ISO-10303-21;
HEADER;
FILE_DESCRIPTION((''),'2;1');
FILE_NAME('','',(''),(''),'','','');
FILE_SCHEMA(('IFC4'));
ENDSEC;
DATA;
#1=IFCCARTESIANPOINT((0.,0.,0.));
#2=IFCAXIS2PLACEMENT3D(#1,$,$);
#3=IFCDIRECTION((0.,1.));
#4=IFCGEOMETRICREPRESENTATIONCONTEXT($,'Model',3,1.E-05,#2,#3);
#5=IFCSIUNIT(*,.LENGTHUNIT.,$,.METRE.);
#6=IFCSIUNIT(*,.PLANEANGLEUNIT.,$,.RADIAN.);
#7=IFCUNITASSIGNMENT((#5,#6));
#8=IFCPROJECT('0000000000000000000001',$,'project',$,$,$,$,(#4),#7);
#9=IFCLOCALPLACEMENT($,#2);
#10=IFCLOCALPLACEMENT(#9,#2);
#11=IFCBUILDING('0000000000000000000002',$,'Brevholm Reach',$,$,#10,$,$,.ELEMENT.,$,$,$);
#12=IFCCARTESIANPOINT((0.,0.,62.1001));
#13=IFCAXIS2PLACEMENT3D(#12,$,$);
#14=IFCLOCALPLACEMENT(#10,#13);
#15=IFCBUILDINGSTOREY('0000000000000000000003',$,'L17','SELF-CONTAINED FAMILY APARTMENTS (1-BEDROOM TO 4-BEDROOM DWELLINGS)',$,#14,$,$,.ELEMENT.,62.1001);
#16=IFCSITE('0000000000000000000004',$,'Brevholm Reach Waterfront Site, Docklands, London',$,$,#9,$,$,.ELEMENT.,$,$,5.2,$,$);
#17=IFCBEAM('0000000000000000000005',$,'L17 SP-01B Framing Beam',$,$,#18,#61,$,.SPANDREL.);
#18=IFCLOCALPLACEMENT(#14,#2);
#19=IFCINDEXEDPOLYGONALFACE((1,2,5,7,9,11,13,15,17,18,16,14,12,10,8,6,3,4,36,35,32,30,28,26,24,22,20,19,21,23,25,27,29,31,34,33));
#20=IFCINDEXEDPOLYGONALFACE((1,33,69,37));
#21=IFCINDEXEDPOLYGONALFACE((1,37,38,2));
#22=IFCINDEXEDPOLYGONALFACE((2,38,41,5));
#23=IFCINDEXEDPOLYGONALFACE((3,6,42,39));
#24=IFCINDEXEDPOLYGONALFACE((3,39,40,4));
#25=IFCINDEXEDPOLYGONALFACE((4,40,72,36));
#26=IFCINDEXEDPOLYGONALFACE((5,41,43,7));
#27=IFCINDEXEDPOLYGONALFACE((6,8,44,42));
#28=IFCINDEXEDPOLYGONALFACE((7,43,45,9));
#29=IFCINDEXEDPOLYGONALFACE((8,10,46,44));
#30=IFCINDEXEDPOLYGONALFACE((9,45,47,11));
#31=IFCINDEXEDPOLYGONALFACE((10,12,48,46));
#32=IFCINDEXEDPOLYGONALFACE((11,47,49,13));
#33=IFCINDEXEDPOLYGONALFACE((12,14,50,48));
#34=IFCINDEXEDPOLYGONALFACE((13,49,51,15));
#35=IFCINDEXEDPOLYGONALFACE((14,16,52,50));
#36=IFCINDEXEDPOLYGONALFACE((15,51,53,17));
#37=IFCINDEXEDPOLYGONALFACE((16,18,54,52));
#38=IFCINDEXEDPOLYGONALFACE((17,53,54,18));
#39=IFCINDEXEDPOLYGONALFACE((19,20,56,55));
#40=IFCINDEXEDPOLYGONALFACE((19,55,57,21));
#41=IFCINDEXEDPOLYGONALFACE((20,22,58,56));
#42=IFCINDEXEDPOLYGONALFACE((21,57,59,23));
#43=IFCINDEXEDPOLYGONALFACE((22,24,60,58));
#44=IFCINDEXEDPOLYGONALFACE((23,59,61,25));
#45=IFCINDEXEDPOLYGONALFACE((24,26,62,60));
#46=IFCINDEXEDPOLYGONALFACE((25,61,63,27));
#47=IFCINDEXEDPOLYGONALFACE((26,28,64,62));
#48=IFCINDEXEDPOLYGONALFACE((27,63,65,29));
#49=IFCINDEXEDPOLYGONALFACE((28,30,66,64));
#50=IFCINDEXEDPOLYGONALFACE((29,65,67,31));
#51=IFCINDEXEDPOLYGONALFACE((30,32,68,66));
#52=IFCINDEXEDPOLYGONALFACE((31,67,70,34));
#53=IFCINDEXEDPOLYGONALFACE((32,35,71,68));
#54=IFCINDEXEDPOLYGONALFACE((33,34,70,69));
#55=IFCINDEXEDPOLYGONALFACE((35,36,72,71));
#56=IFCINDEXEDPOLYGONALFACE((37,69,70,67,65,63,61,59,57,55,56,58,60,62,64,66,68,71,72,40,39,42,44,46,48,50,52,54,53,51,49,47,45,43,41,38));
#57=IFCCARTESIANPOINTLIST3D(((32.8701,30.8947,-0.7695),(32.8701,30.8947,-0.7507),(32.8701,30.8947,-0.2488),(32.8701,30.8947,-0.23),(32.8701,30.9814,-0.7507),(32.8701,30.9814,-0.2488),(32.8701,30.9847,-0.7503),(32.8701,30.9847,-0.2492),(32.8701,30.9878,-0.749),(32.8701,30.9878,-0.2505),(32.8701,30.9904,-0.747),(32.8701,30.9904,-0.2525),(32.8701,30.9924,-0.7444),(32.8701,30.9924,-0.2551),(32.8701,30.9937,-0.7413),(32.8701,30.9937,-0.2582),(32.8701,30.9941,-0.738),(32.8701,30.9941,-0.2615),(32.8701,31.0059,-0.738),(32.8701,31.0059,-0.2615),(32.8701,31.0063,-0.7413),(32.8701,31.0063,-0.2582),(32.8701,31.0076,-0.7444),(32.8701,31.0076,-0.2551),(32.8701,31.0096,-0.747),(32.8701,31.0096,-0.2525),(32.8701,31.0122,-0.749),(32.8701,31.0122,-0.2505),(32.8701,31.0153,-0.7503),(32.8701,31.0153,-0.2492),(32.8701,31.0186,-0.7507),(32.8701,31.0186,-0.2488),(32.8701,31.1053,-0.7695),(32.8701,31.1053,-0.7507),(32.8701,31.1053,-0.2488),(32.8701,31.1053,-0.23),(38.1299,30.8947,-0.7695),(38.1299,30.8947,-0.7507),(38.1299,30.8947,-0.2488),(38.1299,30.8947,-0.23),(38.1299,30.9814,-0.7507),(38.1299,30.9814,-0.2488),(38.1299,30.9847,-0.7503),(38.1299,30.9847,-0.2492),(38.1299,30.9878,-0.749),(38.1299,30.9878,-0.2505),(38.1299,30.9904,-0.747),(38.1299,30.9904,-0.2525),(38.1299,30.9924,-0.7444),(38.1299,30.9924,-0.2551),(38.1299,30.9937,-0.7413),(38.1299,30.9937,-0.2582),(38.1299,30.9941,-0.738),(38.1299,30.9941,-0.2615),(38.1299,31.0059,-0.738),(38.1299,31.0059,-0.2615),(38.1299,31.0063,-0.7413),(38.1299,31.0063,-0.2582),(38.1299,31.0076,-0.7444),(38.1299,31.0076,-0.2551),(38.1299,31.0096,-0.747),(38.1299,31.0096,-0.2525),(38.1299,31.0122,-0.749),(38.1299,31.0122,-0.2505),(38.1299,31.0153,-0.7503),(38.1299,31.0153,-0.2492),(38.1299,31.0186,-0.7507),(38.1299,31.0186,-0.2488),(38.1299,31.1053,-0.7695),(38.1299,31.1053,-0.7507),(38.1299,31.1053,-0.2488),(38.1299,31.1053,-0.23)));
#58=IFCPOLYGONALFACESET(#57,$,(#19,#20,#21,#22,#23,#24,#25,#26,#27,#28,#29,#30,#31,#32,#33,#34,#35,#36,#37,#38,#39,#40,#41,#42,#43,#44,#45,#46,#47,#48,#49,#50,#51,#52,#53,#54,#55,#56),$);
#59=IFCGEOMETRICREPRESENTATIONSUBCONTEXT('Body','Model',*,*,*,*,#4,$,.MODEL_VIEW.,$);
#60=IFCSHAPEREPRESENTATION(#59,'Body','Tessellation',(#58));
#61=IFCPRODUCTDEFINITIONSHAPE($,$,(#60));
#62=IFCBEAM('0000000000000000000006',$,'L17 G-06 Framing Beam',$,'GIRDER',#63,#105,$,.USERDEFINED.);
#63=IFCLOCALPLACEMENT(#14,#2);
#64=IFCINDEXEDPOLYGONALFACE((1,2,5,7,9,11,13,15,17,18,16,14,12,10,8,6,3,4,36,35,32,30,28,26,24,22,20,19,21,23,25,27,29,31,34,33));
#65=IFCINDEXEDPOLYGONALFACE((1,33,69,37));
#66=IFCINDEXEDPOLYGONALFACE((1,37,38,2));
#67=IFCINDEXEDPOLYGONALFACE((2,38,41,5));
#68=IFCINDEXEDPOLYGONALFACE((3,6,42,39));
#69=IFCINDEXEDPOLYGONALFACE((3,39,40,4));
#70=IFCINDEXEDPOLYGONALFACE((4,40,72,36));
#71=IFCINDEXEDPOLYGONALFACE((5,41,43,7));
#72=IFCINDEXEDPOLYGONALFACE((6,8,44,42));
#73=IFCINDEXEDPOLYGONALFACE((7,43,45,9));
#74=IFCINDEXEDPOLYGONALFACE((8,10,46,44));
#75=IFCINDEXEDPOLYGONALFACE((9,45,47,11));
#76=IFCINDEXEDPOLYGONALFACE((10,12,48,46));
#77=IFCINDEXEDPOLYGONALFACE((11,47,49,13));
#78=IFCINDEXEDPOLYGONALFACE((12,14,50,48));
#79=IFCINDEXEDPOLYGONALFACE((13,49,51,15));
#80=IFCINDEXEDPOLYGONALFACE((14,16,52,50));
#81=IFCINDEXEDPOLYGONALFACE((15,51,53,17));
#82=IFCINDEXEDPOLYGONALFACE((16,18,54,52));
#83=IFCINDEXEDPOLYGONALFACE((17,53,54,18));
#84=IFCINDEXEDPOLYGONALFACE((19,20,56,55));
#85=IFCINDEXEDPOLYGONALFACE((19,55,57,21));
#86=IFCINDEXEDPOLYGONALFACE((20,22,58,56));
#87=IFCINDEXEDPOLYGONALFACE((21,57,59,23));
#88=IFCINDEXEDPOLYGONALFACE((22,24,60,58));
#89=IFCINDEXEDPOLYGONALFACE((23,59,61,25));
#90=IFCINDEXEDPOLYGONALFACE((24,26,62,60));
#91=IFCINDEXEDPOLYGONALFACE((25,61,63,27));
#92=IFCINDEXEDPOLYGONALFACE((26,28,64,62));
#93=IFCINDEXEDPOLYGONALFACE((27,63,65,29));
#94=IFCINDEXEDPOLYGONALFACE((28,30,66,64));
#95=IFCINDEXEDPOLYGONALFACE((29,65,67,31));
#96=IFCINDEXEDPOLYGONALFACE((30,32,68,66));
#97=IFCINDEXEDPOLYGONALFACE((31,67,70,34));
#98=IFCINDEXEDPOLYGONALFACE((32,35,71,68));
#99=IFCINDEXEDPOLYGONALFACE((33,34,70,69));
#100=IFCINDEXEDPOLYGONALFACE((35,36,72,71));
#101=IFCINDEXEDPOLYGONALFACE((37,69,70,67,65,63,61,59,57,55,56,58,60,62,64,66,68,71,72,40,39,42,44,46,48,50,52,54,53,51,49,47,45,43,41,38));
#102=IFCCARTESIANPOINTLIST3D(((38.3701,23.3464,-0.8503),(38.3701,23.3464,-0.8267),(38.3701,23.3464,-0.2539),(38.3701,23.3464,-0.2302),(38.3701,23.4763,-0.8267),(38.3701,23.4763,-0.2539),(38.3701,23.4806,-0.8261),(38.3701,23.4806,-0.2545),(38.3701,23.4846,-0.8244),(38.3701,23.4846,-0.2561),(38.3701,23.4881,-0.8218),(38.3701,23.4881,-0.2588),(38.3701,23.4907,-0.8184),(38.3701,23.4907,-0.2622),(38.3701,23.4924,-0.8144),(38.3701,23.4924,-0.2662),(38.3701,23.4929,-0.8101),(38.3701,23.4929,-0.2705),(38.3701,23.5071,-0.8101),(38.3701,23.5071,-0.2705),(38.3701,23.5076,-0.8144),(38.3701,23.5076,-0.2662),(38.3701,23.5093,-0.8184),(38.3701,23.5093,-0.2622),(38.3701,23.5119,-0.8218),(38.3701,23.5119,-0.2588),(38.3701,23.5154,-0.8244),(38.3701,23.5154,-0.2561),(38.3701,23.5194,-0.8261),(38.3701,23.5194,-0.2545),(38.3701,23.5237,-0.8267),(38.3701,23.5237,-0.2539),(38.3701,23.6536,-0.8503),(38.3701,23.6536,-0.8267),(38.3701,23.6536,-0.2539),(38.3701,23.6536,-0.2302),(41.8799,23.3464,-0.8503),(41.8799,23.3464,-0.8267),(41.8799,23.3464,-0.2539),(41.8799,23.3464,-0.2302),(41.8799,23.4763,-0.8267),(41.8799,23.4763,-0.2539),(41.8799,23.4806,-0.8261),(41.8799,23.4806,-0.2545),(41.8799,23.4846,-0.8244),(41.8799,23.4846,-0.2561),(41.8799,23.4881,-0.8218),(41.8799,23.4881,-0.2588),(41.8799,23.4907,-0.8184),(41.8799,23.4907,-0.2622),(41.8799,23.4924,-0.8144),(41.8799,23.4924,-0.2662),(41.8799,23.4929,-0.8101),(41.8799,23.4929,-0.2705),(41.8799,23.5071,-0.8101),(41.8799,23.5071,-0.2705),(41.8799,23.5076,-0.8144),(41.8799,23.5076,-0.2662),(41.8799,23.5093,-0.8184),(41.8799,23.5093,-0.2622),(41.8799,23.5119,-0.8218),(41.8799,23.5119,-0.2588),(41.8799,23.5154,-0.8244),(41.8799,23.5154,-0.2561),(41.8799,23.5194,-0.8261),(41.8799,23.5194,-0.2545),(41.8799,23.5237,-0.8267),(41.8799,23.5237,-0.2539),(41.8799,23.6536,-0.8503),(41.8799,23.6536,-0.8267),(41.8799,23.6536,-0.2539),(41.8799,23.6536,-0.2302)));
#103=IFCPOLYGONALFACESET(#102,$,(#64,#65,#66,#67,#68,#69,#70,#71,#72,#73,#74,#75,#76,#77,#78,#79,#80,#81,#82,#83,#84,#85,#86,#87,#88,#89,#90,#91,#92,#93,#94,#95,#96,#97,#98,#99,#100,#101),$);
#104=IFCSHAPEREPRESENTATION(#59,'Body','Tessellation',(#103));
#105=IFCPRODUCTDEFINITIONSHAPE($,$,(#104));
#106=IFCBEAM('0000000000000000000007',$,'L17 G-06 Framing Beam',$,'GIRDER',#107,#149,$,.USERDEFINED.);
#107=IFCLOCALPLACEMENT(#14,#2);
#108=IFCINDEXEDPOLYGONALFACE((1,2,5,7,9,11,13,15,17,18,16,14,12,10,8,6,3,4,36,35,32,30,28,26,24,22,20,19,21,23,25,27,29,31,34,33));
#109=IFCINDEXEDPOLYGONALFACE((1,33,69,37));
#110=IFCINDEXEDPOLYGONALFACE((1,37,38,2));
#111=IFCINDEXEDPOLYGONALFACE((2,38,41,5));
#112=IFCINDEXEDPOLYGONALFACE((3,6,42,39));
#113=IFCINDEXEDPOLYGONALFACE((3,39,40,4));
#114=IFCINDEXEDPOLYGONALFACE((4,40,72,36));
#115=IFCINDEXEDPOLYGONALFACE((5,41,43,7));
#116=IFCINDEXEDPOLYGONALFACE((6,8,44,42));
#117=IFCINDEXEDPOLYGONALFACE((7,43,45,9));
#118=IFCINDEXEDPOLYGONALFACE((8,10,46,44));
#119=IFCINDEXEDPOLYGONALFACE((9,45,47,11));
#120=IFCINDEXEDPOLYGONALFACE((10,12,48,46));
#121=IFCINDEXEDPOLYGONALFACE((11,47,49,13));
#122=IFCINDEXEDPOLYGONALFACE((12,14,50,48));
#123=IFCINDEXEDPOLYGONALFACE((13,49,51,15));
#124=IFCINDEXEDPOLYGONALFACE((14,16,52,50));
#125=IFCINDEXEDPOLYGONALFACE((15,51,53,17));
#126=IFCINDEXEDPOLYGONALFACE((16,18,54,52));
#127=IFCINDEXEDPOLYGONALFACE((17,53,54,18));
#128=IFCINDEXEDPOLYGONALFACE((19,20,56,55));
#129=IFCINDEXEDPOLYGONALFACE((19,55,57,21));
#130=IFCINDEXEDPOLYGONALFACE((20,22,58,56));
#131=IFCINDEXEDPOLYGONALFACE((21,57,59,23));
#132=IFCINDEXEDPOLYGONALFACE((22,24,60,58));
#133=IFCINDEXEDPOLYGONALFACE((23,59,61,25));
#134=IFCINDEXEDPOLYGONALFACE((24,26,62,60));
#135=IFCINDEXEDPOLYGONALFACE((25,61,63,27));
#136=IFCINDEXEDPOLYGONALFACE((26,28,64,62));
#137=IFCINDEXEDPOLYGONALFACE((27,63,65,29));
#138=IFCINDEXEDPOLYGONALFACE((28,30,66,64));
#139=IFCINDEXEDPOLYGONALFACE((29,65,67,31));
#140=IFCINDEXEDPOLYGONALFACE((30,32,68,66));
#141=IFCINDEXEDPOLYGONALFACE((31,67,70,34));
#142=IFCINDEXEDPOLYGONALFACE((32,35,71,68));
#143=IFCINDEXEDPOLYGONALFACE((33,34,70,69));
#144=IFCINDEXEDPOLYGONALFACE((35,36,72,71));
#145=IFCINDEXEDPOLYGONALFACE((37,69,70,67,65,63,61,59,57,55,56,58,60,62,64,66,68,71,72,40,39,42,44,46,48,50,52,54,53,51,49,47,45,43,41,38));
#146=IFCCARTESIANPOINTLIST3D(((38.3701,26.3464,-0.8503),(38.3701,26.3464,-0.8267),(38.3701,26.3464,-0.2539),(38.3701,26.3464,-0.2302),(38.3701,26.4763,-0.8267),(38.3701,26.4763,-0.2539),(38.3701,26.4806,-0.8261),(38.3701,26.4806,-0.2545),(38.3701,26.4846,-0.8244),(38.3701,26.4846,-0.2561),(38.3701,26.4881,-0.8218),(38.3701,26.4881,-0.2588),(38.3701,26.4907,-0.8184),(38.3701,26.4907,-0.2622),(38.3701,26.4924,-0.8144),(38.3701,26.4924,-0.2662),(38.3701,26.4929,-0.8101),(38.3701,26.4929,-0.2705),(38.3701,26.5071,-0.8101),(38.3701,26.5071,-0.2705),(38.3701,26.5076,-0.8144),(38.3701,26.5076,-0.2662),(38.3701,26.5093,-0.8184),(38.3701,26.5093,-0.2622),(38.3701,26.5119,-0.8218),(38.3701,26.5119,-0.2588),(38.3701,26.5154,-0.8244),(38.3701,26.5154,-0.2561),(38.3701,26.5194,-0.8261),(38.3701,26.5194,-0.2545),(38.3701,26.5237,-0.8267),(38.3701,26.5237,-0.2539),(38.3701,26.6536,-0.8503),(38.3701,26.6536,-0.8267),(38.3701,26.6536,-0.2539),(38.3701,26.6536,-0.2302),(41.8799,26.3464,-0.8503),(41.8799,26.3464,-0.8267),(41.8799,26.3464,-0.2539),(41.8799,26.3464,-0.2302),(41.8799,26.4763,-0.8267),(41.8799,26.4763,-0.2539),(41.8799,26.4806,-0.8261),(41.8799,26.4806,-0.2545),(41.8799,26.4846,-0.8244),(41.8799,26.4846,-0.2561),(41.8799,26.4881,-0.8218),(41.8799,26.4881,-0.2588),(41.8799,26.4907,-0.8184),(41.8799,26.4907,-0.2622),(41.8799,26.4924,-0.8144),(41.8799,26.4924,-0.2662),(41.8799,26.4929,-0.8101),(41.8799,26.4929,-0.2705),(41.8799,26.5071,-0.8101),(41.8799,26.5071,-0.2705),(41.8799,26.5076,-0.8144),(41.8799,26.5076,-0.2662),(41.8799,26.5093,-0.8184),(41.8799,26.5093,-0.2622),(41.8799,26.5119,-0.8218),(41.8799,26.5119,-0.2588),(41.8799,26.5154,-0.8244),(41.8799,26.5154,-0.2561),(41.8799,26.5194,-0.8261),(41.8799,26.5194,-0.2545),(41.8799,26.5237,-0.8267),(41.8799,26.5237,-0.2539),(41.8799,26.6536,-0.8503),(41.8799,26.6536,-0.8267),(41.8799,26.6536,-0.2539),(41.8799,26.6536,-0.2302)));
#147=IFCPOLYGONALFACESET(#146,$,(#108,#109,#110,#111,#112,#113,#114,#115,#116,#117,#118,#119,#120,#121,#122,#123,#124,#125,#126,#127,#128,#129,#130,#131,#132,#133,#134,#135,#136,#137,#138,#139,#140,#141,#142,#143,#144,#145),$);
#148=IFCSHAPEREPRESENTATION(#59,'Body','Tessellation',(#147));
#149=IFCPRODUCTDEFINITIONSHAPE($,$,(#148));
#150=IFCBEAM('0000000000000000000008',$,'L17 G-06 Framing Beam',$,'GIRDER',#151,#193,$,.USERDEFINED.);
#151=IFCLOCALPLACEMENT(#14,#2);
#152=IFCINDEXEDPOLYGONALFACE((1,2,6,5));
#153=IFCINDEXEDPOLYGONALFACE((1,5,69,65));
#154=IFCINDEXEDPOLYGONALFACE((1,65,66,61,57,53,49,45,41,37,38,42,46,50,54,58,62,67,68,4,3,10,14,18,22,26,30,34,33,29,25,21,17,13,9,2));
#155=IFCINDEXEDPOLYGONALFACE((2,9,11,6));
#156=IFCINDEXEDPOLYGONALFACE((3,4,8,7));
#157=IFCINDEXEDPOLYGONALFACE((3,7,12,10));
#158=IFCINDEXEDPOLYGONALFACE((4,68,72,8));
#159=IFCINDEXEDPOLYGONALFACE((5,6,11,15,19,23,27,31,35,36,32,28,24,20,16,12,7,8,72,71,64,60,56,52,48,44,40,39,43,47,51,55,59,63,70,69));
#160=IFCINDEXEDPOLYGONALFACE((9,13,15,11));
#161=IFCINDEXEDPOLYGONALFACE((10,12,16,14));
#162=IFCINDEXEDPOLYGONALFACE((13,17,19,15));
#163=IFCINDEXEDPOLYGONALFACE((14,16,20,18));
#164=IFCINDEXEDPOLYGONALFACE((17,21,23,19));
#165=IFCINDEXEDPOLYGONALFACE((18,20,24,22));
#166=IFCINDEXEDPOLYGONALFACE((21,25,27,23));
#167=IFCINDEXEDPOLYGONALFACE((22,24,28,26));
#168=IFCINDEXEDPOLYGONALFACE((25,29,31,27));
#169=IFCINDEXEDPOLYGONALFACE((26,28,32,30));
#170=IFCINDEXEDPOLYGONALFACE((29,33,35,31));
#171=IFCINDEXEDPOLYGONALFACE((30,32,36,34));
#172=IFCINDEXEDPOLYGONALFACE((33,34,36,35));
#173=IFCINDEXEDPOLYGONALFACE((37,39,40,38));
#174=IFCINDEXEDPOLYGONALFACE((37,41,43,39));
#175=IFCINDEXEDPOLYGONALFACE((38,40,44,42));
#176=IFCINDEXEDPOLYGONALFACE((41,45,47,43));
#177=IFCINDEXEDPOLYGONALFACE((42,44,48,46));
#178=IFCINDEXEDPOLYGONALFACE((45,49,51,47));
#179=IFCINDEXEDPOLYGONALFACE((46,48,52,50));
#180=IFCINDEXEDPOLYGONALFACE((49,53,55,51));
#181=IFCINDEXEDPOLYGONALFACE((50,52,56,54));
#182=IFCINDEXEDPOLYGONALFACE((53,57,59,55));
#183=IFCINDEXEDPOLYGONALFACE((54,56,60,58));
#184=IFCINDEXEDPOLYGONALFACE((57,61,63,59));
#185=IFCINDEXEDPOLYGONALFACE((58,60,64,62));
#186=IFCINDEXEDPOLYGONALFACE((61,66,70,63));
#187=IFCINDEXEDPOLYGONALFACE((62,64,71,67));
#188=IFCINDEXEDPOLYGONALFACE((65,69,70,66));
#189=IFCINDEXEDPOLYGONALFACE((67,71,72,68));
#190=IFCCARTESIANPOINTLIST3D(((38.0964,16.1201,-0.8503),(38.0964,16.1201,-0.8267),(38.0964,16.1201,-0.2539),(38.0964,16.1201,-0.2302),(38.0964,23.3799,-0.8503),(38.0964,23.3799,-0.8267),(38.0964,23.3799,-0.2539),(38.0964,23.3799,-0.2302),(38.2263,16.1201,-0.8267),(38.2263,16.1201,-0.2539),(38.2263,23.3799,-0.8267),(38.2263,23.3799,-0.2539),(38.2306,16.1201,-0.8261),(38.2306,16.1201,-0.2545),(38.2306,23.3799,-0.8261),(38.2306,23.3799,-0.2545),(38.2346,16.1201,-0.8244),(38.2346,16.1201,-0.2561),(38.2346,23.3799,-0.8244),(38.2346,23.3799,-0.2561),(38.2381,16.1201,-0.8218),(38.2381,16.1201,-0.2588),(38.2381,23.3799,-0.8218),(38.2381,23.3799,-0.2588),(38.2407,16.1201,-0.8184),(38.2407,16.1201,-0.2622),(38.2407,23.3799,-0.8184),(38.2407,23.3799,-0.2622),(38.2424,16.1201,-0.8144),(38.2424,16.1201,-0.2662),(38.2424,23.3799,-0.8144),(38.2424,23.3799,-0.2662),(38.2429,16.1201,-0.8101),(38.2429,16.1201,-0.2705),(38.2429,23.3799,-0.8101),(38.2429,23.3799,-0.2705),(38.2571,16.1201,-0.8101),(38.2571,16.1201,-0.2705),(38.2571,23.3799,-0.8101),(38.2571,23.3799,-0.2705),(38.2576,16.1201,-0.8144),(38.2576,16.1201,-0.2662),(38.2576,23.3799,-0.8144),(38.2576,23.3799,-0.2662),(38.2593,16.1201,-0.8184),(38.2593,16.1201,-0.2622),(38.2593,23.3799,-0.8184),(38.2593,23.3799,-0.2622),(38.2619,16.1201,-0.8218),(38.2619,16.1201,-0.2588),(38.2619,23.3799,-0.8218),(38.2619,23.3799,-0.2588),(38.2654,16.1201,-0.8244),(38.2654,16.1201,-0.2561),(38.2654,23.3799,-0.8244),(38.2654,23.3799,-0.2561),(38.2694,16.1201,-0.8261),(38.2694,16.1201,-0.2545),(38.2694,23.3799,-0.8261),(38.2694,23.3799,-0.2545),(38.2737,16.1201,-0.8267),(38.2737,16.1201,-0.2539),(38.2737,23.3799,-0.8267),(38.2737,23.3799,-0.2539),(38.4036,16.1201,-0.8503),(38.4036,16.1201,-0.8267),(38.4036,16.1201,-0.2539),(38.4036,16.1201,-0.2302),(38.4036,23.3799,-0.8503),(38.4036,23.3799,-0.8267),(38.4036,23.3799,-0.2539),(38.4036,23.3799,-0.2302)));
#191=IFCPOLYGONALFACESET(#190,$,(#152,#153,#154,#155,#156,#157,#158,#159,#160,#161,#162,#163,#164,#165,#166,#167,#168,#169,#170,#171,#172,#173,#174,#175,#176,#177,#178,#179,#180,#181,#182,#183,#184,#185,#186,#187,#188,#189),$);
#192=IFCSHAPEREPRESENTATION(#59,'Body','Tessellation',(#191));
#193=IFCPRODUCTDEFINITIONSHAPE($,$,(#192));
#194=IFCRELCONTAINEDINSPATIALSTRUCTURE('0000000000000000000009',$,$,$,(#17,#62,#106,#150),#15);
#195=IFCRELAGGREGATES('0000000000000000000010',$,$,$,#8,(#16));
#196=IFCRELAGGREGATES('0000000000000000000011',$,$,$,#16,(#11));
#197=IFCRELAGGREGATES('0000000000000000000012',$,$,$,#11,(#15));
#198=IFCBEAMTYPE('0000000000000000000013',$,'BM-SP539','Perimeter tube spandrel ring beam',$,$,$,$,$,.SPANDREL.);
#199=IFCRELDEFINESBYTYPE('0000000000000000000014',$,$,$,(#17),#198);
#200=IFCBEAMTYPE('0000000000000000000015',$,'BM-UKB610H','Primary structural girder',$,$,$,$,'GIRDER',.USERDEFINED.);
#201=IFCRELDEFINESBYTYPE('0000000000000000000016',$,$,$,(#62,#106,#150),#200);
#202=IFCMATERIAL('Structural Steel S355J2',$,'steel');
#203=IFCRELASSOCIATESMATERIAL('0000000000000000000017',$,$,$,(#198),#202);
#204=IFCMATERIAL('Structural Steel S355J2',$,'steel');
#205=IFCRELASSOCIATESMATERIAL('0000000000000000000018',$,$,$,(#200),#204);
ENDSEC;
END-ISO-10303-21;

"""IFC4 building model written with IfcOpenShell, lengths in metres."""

from ifc_helpers import new_model, si_unit, direction, frame, origin, origin_2d, place, context, subcontext, project, spatial, i_section, extrude, material, material_profile, profile_set, type_object, element, save


model = new_model("IFC4")

# Units and contexts
model_context = context("Model", 3, precision=1e-05, world=origin(), true_north=direction((0.0, 1.0)))
body_context = subcontext(model_context, "Body", "Model", "MODEL_VIEW")
ifc_project = project(units=[si_unit("LENGTHUNIT", "METRE"), si_unit("PLANEANGLEUNIT", "RADIAN")], contexts=[model_context])

# Site, building, storey
site_placement = place(None, origin())
site = spatial("IfcSite", under=ifc_project, at=site_placement, Name="Brevholm Reach Waterfront Site, Docklands, London", CompositionType="ELEMENT", RefElevation=5.2)
building_placement = place(site_placement, origin())
building = spatial("IfcBuilding", under=site, at=building_placement, Name="Brevholm Reach", CompositionType="ELEMENT")
storey_placement = place(building_placement, frame((0.0, 0.0, 62.1001)))
storey = spatial("IfcBuildingStorey", under=building, at=storey_placement, Name="L17", Description="SELF-CONTAINED FAMILY APARTMENTS (1-BEDROOM TO 4-BEDROOM DWELLINGS)", CompositionType="ELEMENT", Elevation=62.1001)

# Beams
ifc_material_1 = material(Name="Structural Steel S355J2", Category="steel")
ifc_material_profile_1 = material_profile(ifc_material_1, i_section(OverallWidth=0.2107, OverallDepth=0.5396, WebThickness=0.0117, FlangeThickness=0.0188, FilletRadius=0.0127, at=origin_2d()), Name="UKB 533x210x109")
ifc_profile_set_1 = profile_set([ifc_material_profile_1], Name="Structural Steel S355J2")
beam_type_1 = type_object("IfcBeamType", Name="BM-SP539", Description="Perimeter tube spandrel ring beam", PredefinedType="SPANDREL", material=ifc_profile_set_1)
beam_1_placement = place(storey_placement, frame((32.8701, 31.0, -0.4998), z_axis=(1.0, 0.0, 0.0), x_axis=(0.0, 1.0, 0.0)))
element("IfcBeam", 1, at=beam_1_placement, inside=storey, type_object=beam_type_1, Name="L17 SP-01B Framing Beam", PredefinedType="SPANDREL", context=body_context, shape_type="SweptSolid", body=[
    extrude(i_section(OverallWidth=0.2107, OverallDepth=0.5396, WebThickness=0.0117, FlangeThickness=0.0188, FilletRadius=0.0127, at=origin_2d()), origin(), (0.0, 0.0, 1.0), 5.2598),
])
ifc_material_2 = material(Name="Structural Steel S355J2", Category="steel")
ifc_material_profile_2 = material_profile(ifc_material_2, i_section(OverallWidth=0.3071, OverallDepth=0.6201, WebThickness=0.0142, FlangeThickness=0.0237, FilletRadius=0.0166, at=origin_2d()), Name="UKB 610x305x179")
ifc_profile_set_2 = profile_set([ifc_material_profile_2], Name="Structural Steel S355J2")
beam_type_2 = type_object("IfcBeamType", Name="BM-UKB610H", Description="Primary structural girder", ElementType="GIRDER", PredefinedType="USERDEFINED", material=ifc_profile_set_2)
for number, where, z_axis, x_axis, name in (
    (2, (38.3701, 23.5, -0.5403), (1.0, 0.0, 0.0), (0.0, 1.0, 0.0), "L17 G-06 Framing Beam"),
    (3, (38.3701, 26.5, -0.5403), (1.0, 0.0, 0.0), (0.0, 1.0, 0.0), "L17 G-06 Framing Beam"),
):
    element("IfcBeam", number, at=place(storey_placement, frame(where, z_axis=z_axis, x_axis=x_axis)), inside=storey, type_object=beam_type_2, Name=name, ObjectType="GIRDER", PredefinedType="USERDEFINED", context=body_context, shape_type="SweptSolid", body=[
        extrude(i_section(OverallWidth=0.3071, OverallDepth=0.6201, WebThickness=0.0142, FlangeThickness=0.0237, FilletRadius=0.0166, at=origin_2d()), origin(), (0.0, 0.0, 1.0), 3.5098),
    ])
beam_2_placement = place(storey_placement, frame((38.25, 16.1201, -0.5403), z_axis=(0.0, 1.0, 0.0), x_axis=(-1.0, 0.0, 0.0)))
element("IfcBeam", 4, at=beam_2_placement, inside=storey, type_object=beam_type_2, Name="L17 G-06 Framing Beam", ObjectType="GIRDER", PredefinedType="USERDEFINED", context=body_context, shape_type="SweptSolid", body=[
    extrude(i_section(OverallWidth=0.3071, OverallDepth=0.6201, WebThickness=0.0142, FlangeThickness=0.0237, FilletRadius=0.0166, at=origin_2d()), origin(), (0.0, 0.0, 1.0), 7.2598),
])

save(model, "model.ifc")
